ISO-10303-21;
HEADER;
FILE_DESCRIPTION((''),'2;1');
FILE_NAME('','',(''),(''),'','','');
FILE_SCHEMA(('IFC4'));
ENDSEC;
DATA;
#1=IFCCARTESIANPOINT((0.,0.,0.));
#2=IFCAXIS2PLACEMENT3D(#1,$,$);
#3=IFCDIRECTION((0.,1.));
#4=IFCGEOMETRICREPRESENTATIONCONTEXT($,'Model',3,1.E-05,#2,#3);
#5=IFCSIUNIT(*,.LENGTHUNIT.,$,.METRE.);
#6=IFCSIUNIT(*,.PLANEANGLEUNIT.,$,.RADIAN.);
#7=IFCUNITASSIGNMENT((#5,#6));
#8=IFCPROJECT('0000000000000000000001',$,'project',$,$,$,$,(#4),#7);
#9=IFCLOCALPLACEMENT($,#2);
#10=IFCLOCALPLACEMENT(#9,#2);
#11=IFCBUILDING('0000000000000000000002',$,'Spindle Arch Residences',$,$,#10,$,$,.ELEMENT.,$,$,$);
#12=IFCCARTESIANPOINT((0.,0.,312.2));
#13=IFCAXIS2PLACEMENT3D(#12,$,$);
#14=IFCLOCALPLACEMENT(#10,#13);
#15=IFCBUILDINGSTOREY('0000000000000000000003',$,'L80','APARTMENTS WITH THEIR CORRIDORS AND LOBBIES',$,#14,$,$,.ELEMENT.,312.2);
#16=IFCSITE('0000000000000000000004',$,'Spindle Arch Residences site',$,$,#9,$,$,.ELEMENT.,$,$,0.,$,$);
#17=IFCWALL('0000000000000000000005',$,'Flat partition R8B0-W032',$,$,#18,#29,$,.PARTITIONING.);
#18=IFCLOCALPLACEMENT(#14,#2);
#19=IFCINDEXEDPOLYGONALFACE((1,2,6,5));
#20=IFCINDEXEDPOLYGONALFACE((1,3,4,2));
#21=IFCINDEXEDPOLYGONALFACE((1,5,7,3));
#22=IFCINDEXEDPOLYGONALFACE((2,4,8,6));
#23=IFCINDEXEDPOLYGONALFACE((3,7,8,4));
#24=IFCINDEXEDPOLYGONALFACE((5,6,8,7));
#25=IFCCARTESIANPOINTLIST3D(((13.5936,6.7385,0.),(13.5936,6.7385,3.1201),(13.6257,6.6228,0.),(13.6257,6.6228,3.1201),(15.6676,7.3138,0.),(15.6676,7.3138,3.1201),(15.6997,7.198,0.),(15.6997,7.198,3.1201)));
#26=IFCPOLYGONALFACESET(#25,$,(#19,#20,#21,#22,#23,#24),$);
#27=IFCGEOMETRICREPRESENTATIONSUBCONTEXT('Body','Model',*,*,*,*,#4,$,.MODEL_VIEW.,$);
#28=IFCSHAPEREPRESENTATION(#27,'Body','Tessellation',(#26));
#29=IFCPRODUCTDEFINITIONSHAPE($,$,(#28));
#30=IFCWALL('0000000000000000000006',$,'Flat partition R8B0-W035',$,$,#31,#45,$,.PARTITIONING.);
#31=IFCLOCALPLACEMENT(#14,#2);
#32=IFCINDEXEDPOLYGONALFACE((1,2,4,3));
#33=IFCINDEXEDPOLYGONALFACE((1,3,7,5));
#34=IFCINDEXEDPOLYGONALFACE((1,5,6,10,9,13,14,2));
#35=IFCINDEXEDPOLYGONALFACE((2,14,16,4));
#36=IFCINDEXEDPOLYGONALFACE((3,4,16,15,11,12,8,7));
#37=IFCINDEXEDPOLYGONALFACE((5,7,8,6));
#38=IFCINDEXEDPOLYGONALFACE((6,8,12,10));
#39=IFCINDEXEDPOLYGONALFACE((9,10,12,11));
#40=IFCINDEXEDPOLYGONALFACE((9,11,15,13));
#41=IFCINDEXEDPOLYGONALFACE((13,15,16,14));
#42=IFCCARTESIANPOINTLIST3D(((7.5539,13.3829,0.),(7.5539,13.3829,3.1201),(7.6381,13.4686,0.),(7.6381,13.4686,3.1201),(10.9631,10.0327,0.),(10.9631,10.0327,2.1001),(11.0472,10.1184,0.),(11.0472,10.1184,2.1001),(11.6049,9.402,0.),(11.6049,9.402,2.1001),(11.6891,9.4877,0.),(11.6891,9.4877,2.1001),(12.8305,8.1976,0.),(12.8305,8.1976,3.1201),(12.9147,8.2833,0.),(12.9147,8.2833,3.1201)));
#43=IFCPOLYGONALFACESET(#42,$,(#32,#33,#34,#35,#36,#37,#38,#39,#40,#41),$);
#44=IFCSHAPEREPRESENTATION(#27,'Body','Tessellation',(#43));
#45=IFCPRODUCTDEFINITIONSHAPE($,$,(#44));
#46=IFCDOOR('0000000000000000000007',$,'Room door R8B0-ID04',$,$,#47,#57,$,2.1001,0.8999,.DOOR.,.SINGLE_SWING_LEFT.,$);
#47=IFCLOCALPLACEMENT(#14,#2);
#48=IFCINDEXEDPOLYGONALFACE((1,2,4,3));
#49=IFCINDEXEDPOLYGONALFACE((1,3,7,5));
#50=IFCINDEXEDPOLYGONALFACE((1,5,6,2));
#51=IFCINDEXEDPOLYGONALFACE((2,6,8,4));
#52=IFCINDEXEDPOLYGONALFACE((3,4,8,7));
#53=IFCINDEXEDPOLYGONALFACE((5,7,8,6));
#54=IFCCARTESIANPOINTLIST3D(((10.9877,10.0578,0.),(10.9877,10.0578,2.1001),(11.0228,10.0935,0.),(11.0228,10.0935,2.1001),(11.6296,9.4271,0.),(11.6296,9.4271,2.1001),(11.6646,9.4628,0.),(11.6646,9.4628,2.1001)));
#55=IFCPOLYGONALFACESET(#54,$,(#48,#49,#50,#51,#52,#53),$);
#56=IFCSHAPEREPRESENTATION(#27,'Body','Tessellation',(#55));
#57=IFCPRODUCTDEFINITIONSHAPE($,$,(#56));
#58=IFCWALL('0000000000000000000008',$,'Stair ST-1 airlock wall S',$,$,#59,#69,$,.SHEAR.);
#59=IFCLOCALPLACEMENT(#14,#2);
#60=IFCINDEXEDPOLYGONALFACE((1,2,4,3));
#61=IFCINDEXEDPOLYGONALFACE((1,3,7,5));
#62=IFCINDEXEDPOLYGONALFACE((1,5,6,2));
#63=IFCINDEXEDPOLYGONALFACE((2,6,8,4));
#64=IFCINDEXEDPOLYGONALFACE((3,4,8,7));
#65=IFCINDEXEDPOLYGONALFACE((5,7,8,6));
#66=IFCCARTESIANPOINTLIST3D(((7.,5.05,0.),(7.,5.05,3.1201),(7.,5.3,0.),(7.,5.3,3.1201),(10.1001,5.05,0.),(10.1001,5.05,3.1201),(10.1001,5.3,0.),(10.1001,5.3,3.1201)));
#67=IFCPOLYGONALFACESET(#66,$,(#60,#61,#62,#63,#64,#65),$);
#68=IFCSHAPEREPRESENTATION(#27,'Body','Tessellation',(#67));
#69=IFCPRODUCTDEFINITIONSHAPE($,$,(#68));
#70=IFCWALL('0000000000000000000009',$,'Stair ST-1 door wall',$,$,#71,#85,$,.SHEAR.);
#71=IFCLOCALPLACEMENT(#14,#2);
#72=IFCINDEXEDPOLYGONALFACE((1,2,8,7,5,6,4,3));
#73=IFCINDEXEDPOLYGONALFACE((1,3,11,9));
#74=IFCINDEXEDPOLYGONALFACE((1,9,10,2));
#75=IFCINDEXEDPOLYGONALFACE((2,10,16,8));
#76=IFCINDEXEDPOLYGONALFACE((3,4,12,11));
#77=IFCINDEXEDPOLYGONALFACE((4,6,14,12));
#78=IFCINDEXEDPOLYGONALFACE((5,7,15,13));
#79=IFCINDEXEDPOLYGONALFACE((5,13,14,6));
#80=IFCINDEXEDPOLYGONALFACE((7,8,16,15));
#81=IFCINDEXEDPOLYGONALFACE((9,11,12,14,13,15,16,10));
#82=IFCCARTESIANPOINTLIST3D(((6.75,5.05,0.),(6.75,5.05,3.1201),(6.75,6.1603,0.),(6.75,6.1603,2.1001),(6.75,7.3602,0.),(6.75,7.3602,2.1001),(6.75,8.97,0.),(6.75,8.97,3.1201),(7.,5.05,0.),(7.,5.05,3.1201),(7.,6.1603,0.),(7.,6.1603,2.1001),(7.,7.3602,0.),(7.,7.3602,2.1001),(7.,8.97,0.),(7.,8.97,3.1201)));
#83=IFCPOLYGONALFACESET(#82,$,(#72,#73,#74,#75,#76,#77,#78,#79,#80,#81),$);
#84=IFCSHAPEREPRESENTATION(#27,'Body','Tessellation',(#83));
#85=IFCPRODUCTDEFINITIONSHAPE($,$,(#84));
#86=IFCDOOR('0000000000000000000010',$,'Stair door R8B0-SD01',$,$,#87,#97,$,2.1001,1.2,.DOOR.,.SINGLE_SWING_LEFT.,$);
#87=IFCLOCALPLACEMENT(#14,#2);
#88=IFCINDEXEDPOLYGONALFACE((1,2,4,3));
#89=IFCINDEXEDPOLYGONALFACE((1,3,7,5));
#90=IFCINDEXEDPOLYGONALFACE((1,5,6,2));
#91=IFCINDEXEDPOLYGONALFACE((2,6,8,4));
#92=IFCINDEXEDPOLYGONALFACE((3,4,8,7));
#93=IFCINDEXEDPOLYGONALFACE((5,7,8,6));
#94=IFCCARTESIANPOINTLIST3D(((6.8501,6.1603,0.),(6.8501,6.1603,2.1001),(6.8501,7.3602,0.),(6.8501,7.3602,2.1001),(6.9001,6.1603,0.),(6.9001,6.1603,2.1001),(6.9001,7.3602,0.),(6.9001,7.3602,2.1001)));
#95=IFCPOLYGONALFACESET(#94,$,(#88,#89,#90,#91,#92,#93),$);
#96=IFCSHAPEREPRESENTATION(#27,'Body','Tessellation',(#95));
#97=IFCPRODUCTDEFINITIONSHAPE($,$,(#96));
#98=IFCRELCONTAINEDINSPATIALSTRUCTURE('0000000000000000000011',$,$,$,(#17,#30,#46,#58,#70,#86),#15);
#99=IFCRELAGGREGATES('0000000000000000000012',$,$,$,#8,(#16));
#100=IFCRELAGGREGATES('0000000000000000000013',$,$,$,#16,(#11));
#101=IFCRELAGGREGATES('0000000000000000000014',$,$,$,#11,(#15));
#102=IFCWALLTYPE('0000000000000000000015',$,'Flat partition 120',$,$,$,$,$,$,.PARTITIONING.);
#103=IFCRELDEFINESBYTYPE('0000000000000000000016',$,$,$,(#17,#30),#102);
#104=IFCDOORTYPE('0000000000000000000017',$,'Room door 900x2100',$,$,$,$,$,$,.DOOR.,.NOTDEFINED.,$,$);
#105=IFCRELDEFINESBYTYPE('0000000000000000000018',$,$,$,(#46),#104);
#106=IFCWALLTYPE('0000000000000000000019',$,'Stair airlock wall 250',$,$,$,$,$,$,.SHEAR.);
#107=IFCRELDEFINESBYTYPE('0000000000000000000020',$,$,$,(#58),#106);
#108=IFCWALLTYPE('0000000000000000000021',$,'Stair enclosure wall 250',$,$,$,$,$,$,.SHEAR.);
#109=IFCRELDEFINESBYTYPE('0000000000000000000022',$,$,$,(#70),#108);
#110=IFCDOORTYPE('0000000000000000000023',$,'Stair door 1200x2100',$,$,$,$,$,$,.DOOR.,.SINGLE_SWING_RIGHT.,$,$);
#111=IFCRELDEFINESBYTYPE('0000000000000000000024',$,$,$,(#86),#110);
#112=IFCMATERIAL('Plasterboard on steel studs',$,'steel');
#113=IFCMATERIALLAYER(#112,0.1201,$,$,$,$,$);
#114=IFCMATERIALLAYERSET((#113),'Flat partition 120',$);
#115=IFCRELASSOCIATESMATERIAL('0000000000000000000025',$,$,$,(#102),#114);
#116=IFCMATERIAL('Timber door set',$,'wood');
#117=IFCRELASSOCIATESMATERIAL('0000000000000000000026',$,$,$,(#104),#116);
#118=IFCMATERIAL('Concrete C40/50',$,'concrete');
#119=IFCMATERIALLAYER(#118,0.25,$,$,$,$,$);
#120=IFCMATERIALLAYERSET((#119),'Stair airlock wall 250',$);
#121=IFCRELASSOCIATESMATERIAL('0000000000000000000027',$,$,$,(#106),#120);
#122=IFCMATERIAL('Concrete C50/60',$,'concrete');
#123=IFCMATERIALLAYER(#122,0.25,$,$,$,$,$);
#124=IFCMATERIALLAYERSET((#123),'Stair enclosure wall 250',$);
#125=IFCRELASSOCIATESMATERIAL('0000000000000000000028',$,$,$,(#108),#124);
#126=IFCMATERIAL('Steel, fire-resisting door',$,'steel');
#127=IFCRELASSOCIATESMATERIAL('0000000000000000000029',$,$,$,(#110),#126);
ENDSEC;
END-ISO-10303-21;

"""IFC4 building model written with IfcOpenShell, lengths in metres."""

from ifc_helpers import new_model, si_unit, direction, frame, frame_2d, origin, place, context, subcontext, project, spatial, rectangle, extrude, material, layer, layer_set, type_object, element, fill, save


model = new_model("IFC4")

# Units and contexts
model_context = context("Model", 3, precision=1e-05, world=origin(), true_north=direction((0.0, 1.0)))
body_context = subcontext(model_context, "Body", "Model", "MODEL_VIEW")
ifc_project = project(units=[si_unit("LENGTHUNIT", "METRE"), si_unit("PLANEANGLEUNIT", "RADIAN")], contexts=[model_context])

# Site, building, storey
site_placement = place(None, origin())
site = spatial("IfcSite", under=ifc_project, at=site_placement, Name="Spindle Arch Residences site", CompositionType="ELEMENT", RefElevation=0.0)
building_placement = place(site_placement, origin())
building = spatial("IfcBuilding", under=site, at=building_placement, Name="Spindle Arch Residences", CompositionType="ELEMENT")
storey_placement = place(building_placement, frame((0.0, 0.0, 312.2)))
storey = spatial("IfcBuildingStorey", under=building, at=storey_placement, Name="L80", Description="APARTMENTS WITH THEIR CORRIDORS AND LOBBIES", CompositionType="ELEMENT", Elevation=312.2)

# Wall
ifc_material_1 = material(Name="Plasterboard on steel studs", Category="steel")
ifc_layer_1 = layer(ifc_material_1, 0.1201)
ifc_layer_set_1 = layer_set([ifc_layer_1], Name="Flat partition 120")
wall_type_1 = type_object("IfcWallType", Name="Flat partition 120", PredefinedType="PARTITIONING", material=ifc_layer_set_1)
wall_1_placement = place(storey_placement, frame((13.6096, 6.6807, 0.0), z_axis=(0.0, 0.0, 1.0), x_axis=(0.963627, 0.267252, 0.0)))
element("IfcWall", 1, at=wall_1_placement, inside=storey, type_object=wall_type_1, Name="Flat partition R8B0-W032", PredefinedType="PARTITIONING", context=body_context, shape_type="SweptSolid", body=[
    extrude(rectangle(XDim=2.1523, YDim=0.1201, at=frame_2d((1.0762, 0.0))), origin(), (0.0, 0.0, 1.0), 3.1201),
])

# Wall, opening, door
wall_2_placement = place(storey_placement, frame((12.8726, 8.2405, 0.0), z_axis=(0.0, 0.0, 1.0), x_axis=(-0.713251, 0.700909, 0.0)))
wall_2 = element("IfcWall", 2, at=wall_2_placement, inside=storey, type_object=wall_type_1, Name="Flat partition R8B0-W035", PredefinedType="PARTITIONING", context=body_context, shape_type="SweptSolid", body=[
    extrude(rectangle(XDim=7.3979, YDim=0.1201, at=frame_2d((3.699, 0.0))), origin(), (0.0, 0.0, 1.0), 3.1201),
])
opening_1_placement = place(wall_2_placement, frame((1.7183, 0.0, 0.0)))
opening_1 = element("IfcOpeningElement", 3, at=opening_1_placement, cuts=wall_2, PredefinedType="OPENING", context=body_context, shape_type="SweptSolid", body=[
    extrude(rectangle(XDim=0.8999, YDim=2.1001, at=frame_2d((0.45, 1.05))), frame((0.0, 0.0701, 0.0), z_axis=(0.0, -1.0, 0.0), x_axis=(1.0, 0.0, 0.0)), (0.0, 0.0, 1.0), 0.1401),
])
ifc_material_2 = material(Name="Timber door set", Category="wood")
door_type_1 = type_object("IfcDoorType", Name="Room door 900x2100", OperationType="NOTDEFINED", PredefinedType="DOOR", material=ifc_material_2)
door_1_placement = place(opening_1_placement, origin())
door_1 = element("IfcDoor", 4, at=door_1_placement, inside=storey, type_object=door_type_1, Name="Room door R8B0-ID04", OperationType="SINGLE_SWING_LEFT", OverallHeight=2.1001, OverallWidth=0.8999, PredefinedType="DOOR", context=body_context, shape_type="SweptSolid", body=[
    extrude(rectangle(XDim=0.8999, YDim=2.1001, at=frame_2d((0.45, 1.05))), frame((0.0, 0.0249, 0.0), z_axis=(0.0, -1.0, 0.0), x_axis=(1.0, 0.0, 0.0)), (0.0, 0.0, 1.0), 0.05),
])
fill(opening_1, door_1)

# Wall
ifc_material_3 = material(Name="Concrete C40/50", Category="concrete")
ifc_layer_2 = layer(ifc_material_3, 0.25)
ifc_layer_set_2 = layer_set([ifc_layer_2], Name="Stair airlock wall 250")
wall_type_2 = type_object("IfcWallType", Name="Stair airlock wall 250", PredefinedType="SHEAR", material=ifc_layer_set_2)
wall_3_placement = place(storey_placement, frame((7.0, 5.175, 0.0), z_axis=(0.0, 0.0, 1.0), x_axis=(1.0, 0.0, 0.0)))
element("IfcWall", 5, at=wall_3_placement, inside=storey, type_object=wall_type_2, Name="Stair ST-1 airlock wall S", PredefinedType="SHEAR", context=body_context, shape_type="SweptSolid", body=[
    extrude(rectangle(XDim=3.1001, YDim=0.25, at=frame_2d((1.55, 0.0))), origin(), (0.0, 0.0, 1.0), 3.1201),
])

# Wall, opening, door
ifc_material_4 = material(Name="Concrete C50/60", Category="concrete")
ifc_layer_3 = layer(ifc_material_4, 0.25)
ifc_layer_set_3 = layer_set([ifc_layer_3], Name="Stair enclosure wall 250")
wall_type_3 = type_object("IfcWallType", Name="Stair enclosure wall 250", PredefinedType="SHEAR", material=ifc_layer_set_3)
wall_4_placement = place(storey_placement, frame((6.875, 5.05, 0.0), z_axis=(0.0, 0.0, 1.0), x_axis=(0.0, 1.0, 0.0)))
wall_4 = element("IfcWall", 6, at=wall_4_placement, inside=storey, type_object=wall_type_3, Name="Stair ST-1 door wall", PredefinedType="SHEAR", context=body_context, shape_type="SweptSolid", body=[
    extrude(rectangle(XDim=3.9199, YDim=0.25, at=frame_2d((1.96, 0.0))), origin(), (0.0, 0.0, 1.0), 3.1201),
])
opening_2_placement = place(wall_4_placement, frame((1.1101, 0.0, 0.0)))
opening_2 = element("IfcOpeningElement", 7, at=opening_2_placement, cuts=wall_4, PredefinedType="OPENING", context=body_context, shape_type="SweptSolid", body=[
    extrude(rectangle(XDim=1.2, YDim=2.1001, at=frame_2d((0.6001, 1.05))), frame((0.0, 0.135, 0.0), z_axis=(0.0, -1.0, 0.0), x_axis=(1.0, 0.0, 0.0)), (0.0, 0.0, 1.0), 0.27),
])
ifc_material_5 = material(Name="Steel, fire-resisting door", Category="steel")
door_type_2 = type_object("IfcDoorType", Name="Stair door 1200x2100", OperationType="SINGLE_SWING_RIGHT", PredefinedType="DOOR", material=ifc_material_5)
door_2_placement = place(opening_2_placement, origin())
door_2 = element("IfcDoor", 8, at=door_2_placement, inside=storey, type_object=door_type_2, Name="Stair door R8B0-SD01", OperationType="SINGLE_SWING_LEFT", OverallHeight=2.1001, OverallWidth=1.2, PredefinedType="DOOR", context=body_context, shape_type="SweptSolid", body=[
    extrude(rectangle(XDim=1.2, YDim=2.1001, at=frame_2d((0.6001, 1.05))), frame((0.0, 0.0249, 0.0), z_axis=(0.0, -1.0, 0.0), x_axis=(1.0, 0.0, 0.0)), (0.0, 0.0, 1.0), 0.05),
])
fill(opening_2, door_2)

save(model, "model.ifc")
